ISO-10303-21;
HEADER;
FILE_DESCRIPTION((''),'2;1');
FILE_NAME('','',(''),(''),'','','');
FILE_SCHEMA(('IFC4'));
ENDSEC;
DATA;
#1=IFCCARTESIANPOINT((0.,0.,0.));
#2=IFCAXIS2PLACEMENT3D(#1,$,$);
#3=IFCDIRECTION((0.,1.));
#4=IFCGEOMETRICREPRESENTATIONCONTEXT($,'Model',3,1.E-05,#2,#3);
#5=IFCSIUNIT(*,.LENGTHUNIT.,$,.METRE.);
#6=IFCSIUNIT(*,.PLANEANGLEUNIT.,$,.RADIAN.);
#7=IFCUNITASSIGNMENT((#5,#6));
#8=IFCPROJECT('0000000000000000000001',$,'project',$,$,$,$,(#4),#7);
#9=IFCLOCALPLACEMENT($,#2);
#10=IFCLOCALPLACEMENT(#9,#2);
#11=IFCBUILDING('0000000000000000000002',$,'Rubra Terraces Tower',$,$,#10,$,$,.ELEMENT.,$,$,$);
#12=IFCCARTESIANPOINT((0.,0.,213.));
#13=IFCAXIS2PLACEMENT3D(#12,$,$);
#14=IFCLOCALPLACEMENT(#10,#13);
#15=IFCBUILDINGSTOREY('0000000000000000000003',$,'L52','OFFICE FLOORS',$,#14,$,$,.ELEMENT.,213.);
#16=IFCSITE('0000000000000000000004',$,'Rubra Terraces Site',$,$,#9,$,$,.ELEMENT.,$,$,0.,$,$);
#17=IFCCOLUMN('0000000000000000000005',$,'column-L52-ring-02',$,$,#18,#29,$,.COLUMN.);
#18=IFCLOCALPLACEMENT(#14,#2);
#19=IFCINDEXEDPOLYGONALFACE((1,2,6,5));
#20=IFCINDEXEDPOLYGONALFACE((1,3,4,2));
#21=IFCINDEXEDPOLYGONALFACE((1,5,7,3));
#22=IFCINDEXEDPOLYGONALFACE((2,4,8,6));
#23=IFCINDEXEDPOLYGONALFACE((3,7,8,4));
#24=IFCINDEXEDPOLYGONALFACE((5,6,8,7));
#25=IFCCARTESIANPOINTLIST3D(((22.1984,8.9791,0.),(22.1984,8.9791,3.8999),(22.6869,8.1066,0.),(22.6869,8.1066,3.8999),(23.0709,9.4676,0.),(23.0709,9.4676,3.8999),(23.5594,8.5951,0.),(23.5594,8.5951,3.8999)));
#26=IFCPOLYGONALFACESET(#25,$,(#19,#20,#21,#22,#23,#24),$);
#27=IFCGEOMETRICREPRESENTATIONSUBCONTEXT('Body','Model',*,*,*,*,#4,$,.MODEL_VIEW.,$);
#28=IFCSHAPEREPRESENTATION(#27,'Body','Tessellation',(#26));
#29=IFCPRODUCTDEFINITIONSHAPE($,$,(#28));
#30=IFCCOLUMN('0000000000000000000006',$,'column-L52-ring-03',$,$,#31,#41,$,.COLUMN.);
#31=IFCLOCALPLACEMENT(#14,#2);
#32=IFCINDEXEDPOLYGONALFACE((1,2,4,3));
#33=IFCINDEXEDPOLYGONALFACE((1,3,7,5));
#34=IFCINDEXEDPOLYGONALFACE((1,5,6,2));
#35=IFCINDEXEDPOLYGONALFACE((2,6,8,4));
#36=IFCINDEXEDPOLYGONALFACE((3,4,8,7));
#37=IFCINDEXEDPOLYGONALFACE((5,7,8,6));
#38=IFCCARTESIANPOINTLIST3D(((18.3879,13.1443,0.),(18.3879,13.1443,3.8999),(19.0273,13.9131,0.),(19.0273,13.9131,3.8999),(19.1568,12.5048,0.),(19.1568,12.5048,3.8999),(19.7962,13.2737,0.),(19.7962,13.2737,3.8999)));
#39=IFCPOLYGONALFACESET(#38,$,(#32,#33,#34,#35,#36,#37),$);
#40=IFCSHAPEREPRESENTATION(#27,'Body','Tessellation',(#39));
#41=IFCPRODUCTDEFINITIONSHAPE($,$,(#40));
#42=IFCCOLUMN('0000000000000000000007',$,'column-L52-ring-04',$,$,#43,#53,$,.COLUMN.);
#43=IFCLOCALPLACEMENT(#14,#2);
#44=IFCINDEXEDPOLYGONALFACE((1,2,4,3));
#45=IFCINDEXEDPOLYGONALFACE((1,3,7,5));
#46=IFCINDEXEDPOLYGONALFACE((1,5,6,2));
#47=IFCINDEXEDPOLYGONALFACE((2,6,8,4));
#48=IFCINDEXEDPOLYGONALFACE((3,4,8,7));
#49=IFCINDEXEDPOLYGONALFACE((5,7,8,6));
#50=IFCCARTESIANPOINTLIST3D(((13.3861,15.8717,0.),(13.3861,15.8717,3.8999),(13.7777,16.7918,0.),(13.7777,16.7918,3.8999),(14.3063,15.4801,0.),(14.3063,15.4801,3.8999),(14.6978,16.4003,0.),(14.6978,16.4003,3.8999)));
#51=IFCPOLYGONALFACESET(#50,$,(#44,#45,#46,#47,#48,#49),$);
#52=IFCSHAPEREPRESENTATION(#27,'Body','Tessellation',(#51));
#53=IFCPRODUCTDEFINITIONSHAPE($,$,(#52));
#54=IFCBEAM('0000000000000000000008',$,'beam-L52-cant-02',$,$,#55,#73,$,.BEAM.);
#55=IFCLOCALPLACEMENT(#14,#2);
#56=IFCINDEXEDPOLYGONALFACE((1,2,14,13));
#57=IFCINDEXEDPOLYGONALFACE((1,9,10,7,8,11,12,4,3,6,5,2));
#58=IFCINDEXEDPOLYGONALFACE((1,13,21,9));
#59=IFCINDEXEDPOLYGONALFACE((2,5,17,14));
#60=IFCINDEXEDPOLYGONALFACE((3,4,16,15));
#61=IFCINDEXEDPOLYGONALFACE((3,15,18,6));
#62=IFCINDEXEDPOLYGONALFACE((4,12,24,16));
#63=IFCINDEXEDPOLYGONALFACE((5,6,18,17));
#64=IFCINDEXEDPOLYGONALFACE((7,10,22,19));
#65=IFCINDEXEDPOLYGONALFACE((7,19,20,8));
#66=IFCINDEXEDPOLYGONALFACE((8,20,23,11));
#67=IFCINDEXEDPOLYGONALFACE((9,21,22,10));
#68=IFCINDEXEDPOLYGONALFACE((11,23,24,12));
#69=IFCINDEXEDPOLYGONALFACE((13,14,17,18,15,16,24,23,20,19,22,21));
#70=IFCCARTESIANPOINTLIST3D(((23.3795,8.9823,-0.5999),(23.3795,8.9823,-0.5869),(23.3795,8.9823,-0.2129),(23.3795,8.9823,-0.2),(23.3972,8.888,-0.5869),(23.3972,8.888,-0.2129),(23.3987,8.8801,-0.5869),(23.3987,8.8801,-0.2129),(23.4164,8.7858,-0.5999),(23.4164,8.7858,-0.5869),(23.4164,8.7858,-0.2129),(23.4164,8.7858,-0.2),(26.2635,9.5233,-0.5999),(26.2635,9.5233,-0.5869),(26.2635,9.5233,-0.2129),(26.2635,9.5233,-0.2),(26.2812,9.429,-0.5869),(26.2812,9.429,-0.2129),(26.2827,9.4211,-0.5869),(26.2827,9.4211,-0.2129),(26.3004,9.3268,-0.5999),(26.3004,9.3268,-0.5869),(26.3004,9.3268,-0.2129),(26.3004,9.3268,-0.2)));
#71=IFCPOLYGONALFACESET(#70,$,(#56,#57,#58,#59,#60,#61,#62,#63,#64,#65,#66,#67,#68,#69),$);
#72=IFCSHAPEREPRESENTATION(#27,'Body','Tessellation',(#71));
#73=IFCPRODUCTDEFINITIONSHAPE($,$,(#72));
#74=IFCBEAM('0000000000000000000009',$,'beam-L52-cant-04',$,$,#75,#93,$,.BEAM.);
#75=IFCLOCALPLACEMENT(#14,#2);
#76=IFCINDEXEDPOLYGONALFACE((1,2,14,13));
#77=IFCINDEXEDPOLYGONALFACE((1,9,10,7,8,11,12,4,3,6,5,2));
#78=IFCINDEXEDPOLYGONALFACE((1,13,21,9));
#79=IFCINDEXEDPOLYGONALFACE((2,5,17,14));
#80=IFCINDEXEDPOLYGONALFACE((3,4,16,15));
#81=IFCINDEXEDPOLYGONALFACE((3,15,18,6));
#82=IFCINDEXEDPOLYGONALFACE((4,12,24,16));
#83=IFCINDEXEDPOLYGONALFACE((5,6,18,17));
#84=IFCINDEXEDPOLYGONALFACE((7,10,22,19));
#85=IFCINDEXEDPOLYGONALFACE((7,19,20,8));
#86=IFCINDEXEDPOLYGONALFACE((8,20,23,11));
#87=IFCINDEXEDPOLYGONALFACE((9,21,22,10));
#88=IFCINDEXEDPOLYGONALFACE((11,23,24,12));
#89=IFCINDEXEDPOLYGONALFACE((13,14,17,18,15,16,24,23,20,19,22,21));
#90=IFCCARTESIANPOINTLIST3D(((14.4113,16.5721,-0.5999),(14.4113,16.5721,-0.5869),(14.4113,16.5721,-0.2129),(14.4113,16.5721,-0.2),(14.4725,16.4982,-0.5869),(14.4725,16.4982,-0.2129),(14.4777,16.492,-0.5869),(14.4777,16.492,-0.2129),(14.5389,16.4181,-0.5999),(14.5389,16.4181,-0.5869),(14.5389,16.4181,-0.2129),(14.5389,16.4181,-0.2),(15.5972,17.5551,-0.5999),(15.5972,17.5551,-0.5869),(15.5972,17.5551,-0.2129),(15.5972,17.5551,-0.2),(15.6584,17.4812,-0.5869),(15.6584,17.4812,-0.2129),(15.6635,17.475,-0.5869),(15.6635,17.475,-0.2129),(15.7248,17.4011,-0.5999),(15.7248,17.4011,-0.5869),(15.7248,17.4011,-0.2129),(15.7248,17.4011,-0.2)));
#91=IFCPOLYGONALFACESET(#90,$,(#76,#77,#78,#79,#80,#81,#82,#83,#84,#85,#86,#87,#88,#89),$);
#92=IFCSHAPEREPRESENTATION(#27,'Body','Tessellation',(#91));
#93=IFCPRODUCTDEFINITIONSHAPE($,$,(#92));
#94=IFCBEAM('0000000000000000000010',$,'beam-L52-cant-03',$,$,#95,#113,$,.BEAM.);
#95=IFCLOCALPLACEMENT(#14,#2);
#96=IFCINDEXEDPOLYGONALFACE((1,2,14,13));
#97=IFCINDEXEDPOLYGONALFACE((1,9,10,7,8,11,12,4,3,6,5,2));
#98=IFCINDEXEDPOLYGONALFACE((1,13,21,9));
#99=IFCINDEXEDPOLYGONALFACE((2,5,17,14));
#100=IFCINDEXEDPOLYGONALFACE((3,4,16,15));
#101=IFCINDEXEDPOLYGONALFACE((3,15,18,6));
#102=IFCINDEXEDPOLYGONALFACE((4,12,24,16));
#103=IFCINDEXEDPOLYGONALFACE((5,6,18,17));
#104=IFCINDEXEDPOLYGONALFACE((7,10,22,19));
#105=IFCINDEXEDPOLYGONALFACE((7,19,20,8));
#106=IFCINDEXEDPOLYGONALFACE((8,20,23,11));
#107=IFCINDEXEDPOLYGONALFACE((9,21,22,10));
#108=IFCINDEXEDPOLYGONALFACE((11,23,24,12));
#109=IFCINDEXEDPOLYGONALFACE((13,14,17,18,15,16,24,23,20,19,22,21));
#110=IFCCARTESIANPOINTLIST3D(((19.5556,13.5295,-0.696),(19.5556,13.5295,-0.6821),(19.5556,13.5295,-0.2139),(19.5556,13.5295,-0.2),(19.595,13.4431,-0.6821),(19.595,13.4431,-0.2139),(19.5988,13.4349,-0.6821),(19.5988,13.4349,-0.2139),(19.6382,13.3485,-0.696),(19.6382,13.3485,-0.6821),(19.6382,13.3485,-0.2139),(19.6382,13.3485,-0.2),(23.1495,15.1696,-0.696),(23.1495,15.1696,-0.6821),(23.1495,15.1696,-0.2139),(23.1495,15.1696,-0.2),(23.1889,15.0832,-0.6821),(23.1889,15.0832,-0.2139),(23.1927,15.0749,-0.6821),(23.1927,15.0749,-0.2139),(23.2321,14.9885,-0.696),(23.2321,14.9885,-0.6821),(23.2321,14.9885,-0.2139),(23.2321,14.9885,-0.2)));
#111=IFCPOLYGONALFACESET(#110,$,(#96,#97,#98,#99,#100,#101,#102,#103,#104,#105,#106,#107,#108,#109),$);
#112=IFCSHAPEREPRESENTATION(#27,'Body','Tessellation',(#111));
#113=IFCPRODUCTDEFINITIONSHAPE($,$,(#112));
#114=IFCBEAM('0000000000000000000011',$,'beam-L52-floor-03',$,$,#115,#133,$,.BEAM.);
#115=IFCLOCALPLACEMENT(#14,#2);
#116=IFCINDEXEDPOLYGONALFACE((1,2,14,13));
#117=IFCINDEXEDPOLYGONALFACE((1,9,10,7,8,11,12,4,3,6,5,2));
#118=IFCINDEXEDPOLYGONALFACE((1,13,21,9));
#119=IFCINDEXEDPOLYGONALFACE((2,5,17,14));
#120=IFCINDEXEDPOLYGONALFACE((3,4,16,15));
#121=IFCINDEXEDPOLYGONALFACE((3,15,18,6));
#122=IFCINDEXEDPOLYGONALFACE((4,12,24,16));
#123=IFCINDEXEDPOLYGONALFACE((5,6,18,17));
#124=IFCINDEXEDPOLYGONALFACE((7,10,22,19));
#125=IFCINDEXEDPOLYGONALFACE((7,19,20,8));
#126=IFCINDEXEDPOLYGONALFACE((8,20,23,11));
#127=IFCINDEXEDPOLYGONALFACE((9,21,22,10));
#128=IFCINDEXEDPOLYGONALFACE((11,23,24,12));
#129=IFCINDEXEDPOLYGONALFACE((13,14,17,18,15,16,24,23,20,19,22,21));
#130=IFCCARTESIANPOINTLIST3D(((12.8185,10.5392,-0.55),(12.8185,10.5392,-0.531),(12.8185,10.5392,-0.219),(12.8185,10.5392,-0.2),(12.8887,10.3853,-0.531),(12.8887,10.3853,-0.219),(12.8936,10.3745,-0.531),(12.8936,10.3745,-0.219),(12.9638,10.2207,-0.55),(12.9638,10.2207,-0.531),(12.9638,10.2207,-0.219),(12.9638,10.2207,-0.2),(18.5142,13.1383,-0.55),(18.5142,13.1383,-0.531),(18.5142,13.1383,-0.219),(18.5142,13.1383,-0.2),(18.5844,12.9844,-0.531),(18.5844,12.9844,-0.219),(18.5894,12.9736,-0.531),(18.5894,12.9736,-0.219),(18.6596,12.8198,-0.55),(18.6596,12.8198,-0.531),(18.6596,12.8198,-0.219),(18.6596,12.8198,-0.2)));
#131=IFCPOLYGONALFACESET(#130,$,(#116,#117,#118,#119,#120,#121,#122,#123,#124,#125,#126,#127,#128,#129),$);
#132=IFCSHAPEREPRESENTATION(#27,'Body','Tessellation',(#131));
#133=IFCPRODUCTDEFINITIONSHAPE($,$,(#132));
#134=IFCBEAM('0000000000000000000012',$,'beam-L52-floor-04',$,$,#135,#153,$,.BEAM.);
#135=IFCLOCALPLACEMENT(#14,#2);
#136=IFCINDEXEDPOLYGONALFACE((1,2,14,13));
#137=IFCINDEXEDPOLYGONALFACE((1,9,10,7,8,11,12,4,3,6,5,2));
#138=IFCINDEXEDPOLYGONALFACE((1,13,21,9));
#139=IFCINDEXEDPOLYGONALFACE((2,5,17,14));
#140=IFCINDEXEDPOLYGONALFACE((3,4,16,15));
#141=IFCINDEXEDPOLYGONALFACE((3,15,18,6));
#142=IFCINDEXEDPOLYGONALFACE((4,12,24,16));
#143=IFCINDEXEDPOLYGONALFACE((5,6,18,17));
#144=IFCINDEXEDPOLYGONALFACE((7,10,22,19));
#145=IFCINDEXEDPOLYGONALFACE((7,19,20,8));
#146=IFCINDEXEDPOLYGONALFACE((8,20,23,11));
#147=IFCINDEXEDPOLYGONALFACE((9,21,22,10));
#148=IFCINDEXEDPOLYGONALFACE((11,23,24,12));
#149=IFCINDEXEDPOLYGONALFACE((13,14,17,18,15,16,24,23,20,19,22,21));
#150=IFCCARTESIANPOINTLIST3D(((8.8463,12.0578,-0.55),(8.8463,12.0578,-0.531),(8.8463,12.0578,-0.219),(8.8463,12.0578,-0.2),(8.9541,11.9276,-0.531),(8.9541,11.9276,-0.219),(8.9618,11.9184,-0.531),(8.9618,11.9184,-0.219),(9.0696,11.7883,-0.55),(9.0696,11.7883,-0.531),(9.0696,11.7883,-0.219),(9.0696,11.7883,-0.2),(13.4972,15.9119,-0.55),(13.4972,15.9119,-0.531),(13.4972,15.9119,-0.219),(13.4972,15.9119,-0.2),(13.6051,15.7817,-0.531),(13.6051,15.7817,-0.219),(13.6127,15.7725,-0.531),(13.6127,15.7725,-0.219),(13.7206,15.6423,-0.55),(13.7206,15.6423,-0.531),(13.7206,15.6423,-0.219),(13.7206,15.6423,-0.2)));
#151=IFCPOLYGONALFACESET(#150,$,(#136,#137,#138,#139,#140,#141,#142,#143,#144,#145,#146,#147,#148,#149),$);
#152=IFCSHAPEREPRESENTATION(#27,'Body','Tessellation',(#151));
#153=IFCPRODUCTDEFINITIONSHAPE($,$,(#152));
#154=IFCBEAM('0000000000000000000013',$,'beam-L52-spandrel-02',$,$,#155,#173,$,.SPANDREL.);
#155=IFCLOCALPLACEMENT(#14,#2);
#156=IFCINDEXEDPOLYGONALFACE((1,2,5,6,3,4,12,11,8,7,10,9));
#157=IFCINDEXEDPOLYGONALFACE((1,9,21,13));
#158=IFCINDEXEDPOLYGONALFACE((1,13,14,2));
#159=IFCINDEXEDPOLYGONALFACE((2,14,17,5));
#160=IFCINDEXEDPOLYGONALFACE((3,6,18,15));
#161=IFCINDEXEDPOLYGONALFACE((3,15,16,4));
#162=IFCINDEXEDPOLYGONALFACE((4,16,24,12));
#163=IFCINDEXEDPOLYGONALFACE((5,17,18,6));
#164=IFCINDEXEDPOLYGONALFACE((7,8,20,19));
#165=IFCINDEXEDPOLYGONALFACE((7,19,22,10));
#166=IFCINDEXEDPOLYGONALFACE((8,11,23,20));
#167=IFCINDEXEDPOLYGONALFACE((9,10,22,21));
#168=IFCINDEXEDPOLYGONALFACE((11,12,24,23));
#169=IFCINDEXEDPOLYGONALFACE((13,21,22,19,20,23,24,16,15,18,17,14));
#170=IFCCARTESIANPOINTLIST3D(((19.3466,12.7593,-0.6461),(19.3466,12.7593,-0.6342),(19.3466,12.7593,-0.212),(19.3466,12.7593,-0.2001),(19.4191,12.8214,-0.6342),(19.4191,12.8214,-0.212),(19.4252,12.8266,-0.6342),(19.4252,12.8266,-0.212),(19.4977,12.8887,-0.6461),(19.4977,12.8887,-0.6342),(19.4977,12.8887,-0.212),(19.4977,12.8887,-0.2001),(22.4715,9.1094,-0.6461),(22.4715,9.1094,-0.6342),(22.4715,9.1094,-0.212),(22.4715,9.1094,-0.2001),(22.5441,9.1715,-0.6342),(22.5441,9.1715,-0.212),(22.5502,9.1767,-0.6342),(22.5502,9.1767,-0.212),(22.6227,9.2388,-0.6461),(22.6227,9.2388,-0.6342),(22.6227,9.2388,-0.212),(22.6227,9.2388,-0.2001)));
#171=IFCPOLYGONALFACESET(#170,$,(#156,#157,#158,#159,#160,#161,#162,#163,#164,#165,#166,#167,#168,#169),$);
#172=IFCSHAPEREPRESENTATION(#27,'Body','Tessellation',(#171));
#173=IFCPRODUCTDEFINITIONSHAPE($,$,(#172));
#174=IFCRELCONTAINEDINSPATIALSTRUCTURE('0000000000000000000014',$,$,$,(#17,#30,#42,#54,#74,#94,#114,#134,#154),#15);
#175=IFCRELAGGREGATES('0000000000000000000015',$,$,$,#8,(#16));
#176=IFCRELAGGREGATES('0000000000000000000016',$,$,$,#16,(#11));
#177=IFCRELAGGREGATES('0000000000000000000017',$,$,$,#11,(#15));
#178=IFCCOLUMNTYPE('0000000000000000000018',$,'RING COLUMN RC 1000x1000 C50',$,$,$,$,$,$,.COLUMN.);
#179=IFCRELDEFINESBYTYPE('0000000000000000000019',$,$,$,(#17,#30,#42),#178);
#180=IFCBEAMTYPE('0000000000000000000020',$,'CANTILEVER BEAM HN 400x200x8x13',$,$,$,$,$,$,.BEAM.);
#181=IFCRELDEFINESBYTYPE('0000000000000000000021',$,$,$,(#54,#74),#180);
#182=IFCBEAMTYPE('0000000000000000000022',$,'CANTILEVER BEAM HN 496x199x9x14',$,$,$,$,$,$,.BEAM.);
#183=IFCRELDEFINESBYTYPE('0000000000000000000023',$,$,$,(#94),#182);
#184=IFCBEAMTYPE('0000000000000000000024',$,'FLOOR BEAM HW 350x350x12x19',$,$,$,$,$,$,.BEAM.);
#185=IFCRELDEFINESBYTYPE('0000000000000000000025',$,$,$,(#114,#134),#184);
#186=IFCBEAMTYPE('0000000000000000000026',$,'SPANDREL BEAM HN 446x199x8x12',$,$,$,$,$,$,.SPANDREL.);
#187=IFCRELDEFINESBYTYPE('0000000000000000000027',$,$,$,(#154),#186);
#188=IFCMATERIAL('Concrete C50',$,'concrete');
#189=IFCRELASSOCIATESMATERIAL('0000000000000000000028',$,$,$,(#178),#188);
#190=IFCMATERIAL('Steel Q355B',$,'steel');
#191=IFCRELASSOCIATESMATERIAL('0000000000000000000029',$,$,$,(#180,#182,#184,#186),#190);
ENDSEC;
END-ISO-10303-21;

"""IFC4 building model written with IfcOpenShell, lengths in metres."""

from ifc_helpers import new_model, si_unit, direction, frame, origin, origin_2d, place, context, subcontext, project, spatial, rectangle, i_section, extrude, material, material_profile, profile_set, type_object, element, save


model = new_model("IFC4")

# Units and contexts
model_context = context("Model", 3, precision=1e-05, world=origin(), true_north=direction((0.0, 1.0)))
body_context = subcontext(model_context, "Body", "Model", "MODEL_VIEW")
ifc_project = project(units=[si_unit("LENGTHUNIT", "METRE"), si_unit("PLANEANGLEUNIT", "RADIAN")], contexts=[model_context])

# Site, building, storey
site_placement = place(None, origin())
site = spatial("IfcSite", under=ifc_project, at=site_placement, Name="Rubra Terraces Site", CompositionType="ELEMENT", RefElevation=0.0)
building_placement = place(site_placement, origin())
building = spatial("IfcBuilding", under=site, at=building_placement, Name="Rubra Terraces Tower", CompositionType="ELEMENT")
storey_placement = place(building_placement, frame((0.0, 0.0, 213.0)))
storey = spatial("IfcBuildingStorey", under=building, at=storey_placement, Name="L52", Description="OFFICE FLOORS", CompositionType="ELEMENT", Elevation=213.0)

# Columns
ifc_material_1 = material(Name="Concrete C50", Category="concrete")
ifc_material_profile_1 = material_profile(ifc_material_1, rectangle(XDim=1.0, YDim=1.0, at=origin_2d()), Name="RC 1000x1000")
ifc_profile_set_1 = profile_set([ifc_material_profile_1], Name="Concrete C50")
column_type = type_object("IfcColumnType", Name="RING COLUMN RC 1000x1000 C50", PredefinedType="COLUMN", material=ifc_profile_set_1)
for number, where, z_axis, x_axis, name in (
    (1, (22.8789, 8.7871, 0.0), (0.0, 0.0, 1.0), (-0.488526, 0.872549, 0.0), "column-L52-ring-02"),
    (2, (19.092, 13.209, 0.0), (0.0, 0.0, 1.0), (-0.76887, 0.639405, 0.0), "column-L52-ring-03"),
    (3, (14.042, 16.136, 0.0), (0.0, 0.0, 1.0), (-0.920168, 0.391524, 0.0), "column-L52-ring-04"),
):
    element("IfcColumn", number, at=place(storey_placement, frame(where, z_axis=z_axis, x_axis=x_axis)), inside=storey, type_object=column_type, Name=name, PredefinedType="COLUMN", context=body_context, shape_type="SweptSolid", body=[
        extrude(rectangle(XDim=1.0, YDim=1.0, at=origin_2d()), origin(), (0.0, 0.0, 1.0), 3.8999),
    ])

# Beams
ifc_material_2 = material(Name="Steel Q355B", Category="steel")
ifc_material_profile_2 = material_profile(ifc_material_2, i_section(OverallWidth=0.2, OverallDepth=0.3999, WebThickness=0.0081, FlangeThickness=0.0129, at=origin_2d()), Name="HN 400x200x8x13")
ifc_profile_set_2 = profile_set([ifc_material_profile_2], Name="Steel Q355B")
beam_type_1 = type_object("IfcBeamType", Name="CANTILEVER BEAM HN 400x200x8x13", PredefinedType="BEAM", material=ifc_profile_set_2)
beam_1_placement = place(storey_placement, frame((23.3979, 8.884, -0.3999), z_axis=(0.982856, 0.184374, 0.0), x_axis=(-0.184374, 0.982856, 0.0)))
element("IfcBeam", 4, at=beam_1_placement, inside=storey, type_object=beam_type_1, Name="beam-L52-cant-02", PredefinedType="BEAM", context=body_context, shape_type="SweptSolid", body=[
    extrude(i_section(OverallWidth=0.2, OverallDepth=0.3999, WebThickness=0.0081, FlangeThickness=0.0129, at=origin_2d()), origin(), (0.0, 0.0, 1.0), 2.9343),
])
beam_2_placement = place(storey_placement, frame((14.4751, 16.4951, -0.3999), z_axis=(0.769895, 0.638171, 0.0), x_axis=(-0.638171, 0.769895, 0.0)))
element("IfcBeam", 5, at=beam_2_placement, inside=storey, type_object=beam_type_1, Name="beam-L52-cant-04", PredefinedType="BEAM", context=body_context, shape_type="SweptSolid", body=[
    extrude(i_section(OverallWidth=0.2, OverallDepth=0.3999, WebThickness=0.0081, FlangeThickness=0.0129, at=origin_2d()), origin(), (0.0, 0.0, 1.0), 1.5403),
])
ifc_material_profile_3 = material_profile(ifc_material_2, i_section(OverallWidth=0.199, OverallDepth=0.4961, WebThickness=0.009, FlangeThickness=0.0139, at=origin_2d()), Name="HN 496x199x9x14")
ifc_profile_set_3 = profile_set([ifc_material_profile_3], Name="Steel Q355B")
beam_type_2 = type_object("IfcBeamType", Name="CANTILEVER BEAM HN 496x199x9x14", PredefinedType="BEAM", material=ifc_profile_set_3)
beam_3_placement = place(storey_placement, frame((19.5969, 13.439, -0.448), z_axis=(0.909745, 0.415167, 0.0), x_axis=(-0.415167, 0.909745, 0.0)))
element("IfcBeam", 6, at=beam_3_placement, inside=storey, type_object=beam_type_2, Name="beam-L52-cant-03", PredefinedType="BEAM", context=body_context, shape_type="SweptSolid", body=[
    extrude(i_section(OverallWidth=0.199, OverallDepth=0.4961, WebThickness=0.009, FlangeThickness=0.0139, at=origin_2d()), origin(), (0.0, 0.0, 1.0), 3.9504),
])
ifc_material_profile_4 = material_profile(ifc_material_2, i_section(OverallWidth=0.3501, OverallDepth=0.3501, WebThickness=0.012, FlangeThickness=0.019, at=origin_2d()), Name="HW 350x350x12x19")
ifc_profile_set_4 = profile_set([ifc_material_profile_4], Name="Steel Q355B")
beam_type_3 = type_object("IfcBeamType", Name="FLOOR BEAM HW 350x350x12x19", PredefinedType="BEAM", material=ifc_profile_set_4)
beam_4_placement = place(storey_placement, frame((18.5869, 12.979, -0.375), z_axis=(-0.909757, -0.415142, 0.0), x_axis=(0.415142, -0.909757, 0.0)))
element("IfcBeam", 7, at=beam_4_placement, inside=storey, type_object=beam_type_3, Name="beam-L52-floor-03", PredefinedType="BEAM", context=body_context, shape_type="SweptSolid", body=[
    extrude(i_section(OverallWidth=0.3501, OverallDepth=0.3501, WebThickness=0.012, FlangeThickness=0.019, at=origin_2d()), origin(), (0.0, 0.0, 1.0), 6.2607),
])
beam_5_placement = place(storey_placement, frame((13.6089, 15.7771, -0.375), z_axis=(-0.769988, -0.638059, 0.0), x_axis=(0.638059, -0.769988, 0.0)))
element("IfcBeam", 8, at=beam_5_placement, inside=storey, type_object=beam_type_3, Name="beam-L52-floor-04", PredefinedType="BEAM", context=body_context, shape_type="SweptSolid", body=[
    extrude(i_section(OverallWidth=0.3501, OverallDepth=0.3501, WebThickness=0.012, FlangeThickness=0.019, at=origin_2d()), origin(), (0.0, 0.0, 1.0), 6.0403),
])
ifc_material_profile_5 = material_profile(ifc_material_2, i_section(OverallWidth=0.199, OverallDepth=0.446, WebThickness=0.0081, FlangeThickness=0.012, at=origin_2d()), Name="HN 446x199x8x12")
ifc_profile_set_5 = profile_set([ifc_material_profile_5], Name="Steel Q355B")
beam_type_4 = type_object("IfcBeamType", Name="SPANDREL BEAM HN 446x199x8x12", PredefinedType="SPANDREL", material=ifc_profile_set_5)
beam_6_placement = place(storey_placement, frame((22.5471, 9.1741, -0.4231), z_axis=(-0.650373, 0.759615, 0.0), x_axis=(-0.759615, -0.650373, 0.0)))
element("IfcBeam", 9, at=beam_6_placement, inside=storey, type_object=beam_type_4, Name="beam-L52-spandrel-02", PredefinedType="SPANDREL", context=body_context, shape_type="SweptSolid", body=[
    extrude(i_section(OverallWidth=0.199, OverallDepth=0.446, WebThickness=0.0081, FlangeThickness=0.012, at=origin_2d()), origin(), (0.0, 0.0, 1.0), 4.8049),
])

save(model, "model.ifc")
